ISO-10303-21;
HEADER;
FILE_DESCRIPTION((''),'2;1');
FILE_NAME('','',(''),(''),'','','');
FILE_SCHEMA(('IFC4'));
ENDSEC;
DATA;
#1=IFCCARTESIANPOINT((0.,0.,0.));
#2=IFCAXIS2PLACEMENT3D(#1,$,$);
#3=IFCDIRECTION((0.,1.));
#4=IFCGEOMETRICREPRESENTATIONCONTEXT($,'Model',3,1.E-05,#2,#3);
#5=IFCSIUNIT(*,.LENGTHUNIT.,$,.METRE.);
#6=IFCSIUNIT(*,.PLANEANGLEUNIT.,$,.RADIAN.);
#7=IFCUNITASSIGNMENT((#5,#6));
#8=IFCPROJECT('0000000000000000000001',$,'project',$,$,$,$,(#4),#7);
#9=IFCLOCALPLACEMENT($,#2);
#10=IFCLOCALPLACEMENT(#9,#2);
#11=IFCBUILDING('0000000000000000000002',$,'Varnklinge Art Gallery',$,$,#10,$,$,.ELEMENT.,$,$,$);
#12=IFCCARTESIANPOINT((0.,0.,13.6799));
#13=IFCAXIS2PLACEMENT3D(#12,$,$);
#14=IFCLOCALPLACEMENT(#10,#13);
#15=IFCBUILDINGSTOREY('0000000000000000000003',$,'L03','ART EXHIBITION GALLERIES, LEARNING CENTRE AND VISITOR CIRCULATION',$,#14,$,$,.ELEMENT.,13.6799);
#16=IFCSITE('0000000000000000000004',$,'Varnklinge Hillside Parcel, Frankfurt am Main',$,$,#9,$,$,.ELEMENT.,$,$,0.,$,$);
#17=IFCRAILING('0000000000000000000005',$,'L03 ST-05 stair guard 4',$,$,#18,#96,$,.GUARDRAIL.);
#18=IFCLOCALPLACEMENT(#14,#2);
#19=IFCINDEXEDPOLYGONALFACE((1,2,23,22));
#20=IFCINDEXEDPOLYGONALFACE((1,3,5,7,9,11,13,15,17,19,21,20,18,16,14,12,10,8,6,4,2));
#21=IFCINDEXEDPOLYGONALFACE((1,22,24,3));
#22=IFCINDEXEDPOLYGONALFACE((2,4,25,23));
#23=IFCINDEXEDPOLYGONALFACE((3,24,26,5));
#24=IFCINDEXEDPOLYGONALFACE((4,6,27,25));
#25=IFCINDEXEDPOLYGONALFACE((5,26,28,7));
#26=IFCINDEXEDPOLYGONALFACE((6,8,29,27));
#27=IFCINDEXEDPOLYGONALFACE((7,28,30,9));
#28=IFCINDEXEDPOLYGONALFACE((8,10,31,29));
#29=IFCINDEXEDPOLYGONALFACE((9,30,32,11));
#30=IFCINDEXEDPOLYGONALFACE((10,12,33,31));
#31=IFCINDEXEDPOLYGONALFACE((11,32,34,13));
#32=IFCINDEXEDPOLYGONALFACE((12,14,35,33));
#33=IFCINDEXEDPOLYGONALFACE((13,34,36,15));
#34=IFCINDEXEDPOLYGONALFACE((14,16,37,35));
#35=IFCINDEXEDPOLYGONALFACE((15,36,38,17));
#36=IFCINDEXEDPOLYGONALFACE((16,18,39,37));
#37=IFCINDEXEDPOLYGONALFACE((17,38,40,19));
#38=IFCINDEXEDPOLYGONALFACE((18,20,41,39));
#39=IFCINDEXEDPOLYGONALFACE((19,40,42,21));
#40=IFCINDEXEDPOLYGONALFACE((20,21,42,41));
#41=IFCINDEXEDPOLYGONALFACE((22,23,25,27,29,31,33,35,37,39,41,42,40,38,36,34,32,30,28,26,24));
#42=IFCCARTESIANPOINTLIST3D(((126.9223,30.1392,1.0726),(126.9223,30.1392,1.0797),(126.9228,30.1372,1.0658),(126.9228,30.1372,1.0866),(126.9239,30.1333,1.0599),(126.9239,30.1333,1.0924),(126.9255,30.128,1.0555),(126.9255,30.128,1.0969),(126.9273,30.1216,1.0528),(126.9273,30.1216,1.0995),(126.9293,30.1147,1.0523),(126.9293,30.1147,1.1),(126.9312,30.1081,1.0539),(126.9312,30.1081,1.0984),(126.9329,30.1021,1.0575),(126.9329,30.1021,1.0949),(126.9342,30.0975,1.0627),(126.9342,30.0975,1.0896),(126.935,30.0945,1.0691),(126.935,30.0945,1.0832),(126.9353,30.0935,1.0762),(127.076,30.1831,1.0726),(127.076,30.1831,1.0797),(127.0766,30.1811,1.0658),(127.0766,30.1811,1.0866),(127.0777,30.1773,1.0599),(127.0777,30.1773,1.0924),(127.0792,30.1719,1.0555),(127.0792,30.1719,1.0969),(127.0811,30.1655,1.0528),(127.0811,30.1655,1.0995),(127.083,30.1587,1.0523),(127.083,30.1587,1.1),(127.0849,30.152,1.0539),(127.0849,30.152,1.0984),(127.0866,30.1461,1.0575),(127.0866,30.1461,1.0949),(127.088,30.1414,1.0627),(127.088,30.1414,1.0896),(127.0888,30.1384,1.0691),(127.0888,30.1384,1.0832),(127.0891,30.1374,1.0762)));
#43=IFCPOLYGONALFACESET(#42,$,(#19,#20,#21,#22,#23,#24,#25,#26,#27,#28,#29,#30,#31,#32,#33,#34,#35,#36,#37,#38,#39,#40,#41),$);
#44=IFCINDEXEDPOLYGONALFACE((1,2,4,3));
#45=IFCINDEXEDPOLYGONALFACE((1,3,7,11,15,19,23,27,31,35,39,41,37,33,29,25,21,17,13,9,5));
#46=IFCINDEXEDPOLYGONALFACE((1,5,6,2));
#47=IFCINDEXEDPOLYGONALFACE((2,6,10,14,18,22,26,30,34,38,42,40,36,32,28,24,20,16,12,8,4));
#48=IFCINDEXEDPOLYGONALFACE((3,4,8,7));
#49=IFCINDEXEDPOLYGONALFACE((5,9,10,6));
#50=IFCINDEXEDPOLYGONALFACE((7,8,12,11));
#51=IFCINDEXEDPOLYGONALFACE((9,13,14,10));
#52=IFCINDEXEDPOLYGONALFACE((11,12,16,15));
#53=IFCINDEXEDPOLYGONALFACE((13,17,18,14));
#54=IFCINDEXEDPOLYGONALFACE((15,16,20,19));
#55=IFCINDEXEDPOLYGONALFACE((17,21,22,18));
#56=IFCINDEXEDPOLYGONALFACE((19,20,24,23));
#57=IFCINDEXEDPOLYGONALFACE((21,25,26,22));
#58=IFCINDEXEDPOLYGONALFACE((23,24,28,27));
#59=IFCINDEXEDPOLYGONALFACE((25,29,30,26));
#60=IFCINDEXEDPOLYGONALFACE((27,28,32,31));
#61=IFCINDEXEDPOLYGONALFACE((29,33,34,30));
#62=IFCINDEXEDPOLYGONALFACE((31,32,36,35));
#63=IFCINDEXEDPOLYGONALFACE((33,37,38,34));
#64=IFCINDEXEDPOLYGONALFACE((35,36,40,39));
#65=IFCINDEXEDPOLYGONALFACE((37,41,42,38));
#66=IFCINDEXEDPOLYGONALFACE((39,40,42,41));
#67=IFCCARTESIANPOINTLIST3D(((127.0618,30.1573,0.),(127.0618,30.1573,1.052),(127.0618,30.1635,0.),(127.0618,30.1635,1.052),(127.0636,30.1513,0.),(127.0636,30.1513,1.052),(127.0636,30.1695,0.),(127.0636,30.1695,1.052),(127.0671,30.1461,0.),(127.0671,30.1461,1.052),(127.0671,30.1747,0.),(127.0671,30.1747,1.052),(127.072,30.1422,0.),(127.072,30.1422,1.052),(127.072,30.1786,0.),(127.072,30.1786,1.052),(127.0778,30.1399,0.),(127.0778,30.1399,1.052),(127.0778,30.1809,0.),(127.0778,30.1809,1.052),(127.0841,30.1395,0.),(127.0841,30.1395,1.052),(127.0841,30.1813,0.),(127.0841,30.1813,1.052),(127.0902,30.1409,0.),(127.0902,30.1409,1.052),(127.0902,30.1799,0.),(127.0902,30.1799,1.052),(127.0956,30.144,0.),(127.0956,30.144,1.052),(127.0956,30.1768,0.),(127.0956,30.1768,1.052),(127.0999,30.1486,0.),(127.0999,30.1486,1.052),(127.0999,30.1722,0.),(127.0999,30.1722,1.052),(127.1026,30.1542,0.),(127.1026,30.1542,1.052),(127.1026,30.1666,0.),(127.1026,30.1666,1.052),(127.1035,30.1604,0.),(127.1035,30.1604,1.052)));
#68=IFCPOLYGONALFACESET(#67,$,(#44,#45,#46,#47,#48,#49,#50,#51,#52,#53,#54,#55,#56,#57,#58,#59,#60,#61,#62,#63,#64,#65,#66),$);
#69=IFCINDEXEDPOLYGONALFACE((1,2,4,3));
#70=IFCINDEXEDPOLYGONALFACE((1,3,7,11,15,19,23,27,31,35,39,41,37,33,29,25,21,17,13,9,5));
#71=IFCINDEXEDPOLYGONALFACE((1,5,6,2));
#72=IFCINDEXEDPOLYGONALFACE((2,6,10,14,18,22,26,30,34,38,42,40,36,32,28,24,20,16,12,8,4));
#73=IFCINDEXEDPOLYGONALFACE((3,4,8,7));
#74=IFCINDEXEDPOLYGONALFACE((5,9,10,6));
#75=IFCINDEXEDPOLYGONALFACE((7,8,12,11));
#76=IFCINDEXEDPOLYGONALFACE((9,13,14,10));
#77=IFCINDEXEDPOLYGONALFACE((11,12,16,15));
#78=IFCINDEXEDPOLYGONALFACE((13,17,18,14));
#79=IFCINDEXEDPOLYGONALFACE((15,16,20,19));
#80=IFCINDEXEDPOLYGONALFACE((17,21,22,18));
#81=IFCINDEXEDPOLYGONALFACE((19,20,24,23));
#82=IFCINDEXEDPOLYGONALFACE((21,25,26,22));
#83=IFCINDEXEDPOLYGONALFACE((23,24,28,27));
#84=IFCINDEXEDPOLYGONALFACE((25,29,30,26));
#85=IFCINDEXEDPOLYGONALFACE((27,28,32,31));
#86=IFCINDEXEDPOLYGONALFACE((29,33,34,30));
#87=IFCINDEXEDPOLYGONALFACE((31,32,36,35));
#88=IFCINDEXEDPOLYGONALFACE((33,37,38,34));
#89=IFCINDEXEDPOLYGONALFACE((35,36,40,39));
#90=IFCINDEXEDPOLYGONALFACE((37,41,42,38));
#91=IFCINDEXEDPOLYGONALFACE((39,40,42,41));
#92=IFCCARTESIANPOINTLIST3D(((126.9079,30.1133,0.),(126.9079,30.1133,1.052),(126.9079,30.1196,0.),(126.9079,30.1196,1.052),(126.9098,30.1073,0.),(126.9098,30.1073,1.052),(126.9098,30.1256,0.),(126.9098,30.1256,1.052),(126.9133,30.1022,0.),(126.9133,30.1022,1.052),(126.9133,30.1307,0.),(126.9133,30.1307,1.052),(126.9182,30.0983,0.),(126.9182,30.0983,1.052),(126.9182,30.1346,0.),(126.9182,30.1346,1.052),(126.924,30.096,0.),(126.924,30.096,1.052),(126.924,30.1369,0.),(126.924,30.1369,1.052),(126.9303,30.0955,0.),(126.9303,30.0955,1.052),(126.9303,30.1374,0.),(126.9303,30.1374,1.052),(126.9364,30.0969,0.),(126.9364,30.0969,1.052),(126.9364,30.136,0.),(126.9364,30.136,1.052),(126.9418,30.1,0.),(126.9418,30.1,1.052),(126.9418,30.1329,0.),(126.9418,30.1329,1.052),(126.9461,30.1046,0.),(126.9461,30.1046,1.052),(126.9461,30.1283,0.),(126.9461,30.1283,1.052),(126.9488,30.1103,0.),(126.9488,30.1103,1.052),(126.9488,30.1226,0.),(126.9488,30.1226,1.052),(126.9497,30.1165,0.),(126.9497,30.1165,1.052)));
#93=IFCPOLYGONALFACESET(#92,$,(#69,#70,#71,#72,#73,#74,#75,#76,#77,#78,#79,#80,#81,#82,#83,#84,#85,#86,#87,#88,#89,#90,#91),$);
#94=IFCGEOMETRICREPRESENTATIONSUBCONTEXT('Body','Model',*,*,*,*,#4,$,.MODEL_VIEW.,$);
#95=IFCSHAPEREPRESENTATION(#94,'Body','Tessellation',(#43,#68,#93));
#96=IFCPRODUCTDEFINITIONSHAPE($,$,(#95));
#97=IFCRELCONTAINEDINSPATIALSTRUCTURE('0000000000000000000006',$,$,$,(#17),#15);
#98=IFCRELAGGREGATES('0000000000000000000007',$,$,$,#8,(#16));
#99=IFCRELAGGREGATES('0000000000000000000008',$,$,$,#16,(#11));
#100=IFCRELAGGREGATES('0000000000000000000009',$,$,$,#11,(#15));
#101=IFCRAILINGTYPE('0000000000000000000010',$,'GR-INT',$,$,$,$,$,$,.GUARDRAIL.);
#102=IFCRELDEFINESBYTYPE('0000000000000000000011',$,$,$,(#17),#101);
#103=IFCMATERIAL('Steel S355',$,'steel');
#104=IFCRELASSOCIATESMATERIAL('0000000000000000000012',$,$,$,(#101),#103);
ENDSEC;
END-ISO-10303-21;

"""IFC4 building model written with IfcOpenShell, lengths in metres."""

from ifc_helpers import new_model, si_unit, direction, frame, origin, origin_2d, place, context, subcontext, project, spatial, circle, extrude, material, type_object, element, save


model = new_model("IFC4")

# Units and contexts
model_context = context("Model", 3, precision=1e-05, world=origin(), true_north=direction((0.0, 1.0)))
body_context = subcontext(model_context, "Body", "Model", "MODEL_VIEW")
ifc_project = project(units=[si_unit("LENGTHUNIT", "METRE"), si_unit("PLANEANGLEUNIT", "RADIAN")], contexts=[model_context])

# Site, building, storey
site_placement = place(None, origin())
site = spatial("IfcSite", under=ifc_project, at=site_placement, Name="Varnklinge Hillside Parcel, Frankfurt am Main", CompositionType="ELEMENT", RefElevation=0.0)
building_placement = place(site_placement, origin())
building = spatial("IfcBuilding", under=site, at=building_placement, Name="Varnklinge Art Gallery", CompositionType="ELEMENT")
storey_placement = place(building_placement, frame((0.0, 0.0, 13.6799)))
storey = spatial("IfcBuildingStorey", under=building, at=storey_placement, Name="L03", Description="ART EXHIBITION GALLERIES, LEARNING CENTRE AND VISITOR CIRCULATION", CompositionType="ELEMENT", Elevation=13.6799)

# Railing
ifc_material_1 = material(Name="Steel S355", Category="steel")
railing_type_1 = type_object("IfcRailingType", Name="GR-INT", PredefinedType="GUARDRAIL", material=ifc_material_1)
railing_1_placement = place(storey_placement, frame((127.0825, 30.1604, 0.0)))
element("IfcRailing", 1, at=railing_1_placement, inside=storey, type_object=railing_type_1, Name="L03 ST-05 stair guard 4", PredefinedType="GUARDRAIL", context=body_context, shape_type="SweptSolid", body=[
    extrude(circle(Radius=0.0239, at=origin_2d()), frame((0.0, 0.0, 1.0762), z_axis=(-0.961524, -0.274721, 0.0), x_axis=(0.274721, -0.961524, 0.0)), (0.0, 0.0, 1.0), 0.1599),
    extrude(circle(Radius=0.021, at=origin_2d()), origin(), (0.0, 0.0, 1.0), 1.052),
    extrude(circle(Radius=0.021, at=origin_2d()), frame((-0.1538, -0.0439, 0.0)), (0.0, 0.0, 1.0), 1.052),
])

save(model, "model.ifc")
